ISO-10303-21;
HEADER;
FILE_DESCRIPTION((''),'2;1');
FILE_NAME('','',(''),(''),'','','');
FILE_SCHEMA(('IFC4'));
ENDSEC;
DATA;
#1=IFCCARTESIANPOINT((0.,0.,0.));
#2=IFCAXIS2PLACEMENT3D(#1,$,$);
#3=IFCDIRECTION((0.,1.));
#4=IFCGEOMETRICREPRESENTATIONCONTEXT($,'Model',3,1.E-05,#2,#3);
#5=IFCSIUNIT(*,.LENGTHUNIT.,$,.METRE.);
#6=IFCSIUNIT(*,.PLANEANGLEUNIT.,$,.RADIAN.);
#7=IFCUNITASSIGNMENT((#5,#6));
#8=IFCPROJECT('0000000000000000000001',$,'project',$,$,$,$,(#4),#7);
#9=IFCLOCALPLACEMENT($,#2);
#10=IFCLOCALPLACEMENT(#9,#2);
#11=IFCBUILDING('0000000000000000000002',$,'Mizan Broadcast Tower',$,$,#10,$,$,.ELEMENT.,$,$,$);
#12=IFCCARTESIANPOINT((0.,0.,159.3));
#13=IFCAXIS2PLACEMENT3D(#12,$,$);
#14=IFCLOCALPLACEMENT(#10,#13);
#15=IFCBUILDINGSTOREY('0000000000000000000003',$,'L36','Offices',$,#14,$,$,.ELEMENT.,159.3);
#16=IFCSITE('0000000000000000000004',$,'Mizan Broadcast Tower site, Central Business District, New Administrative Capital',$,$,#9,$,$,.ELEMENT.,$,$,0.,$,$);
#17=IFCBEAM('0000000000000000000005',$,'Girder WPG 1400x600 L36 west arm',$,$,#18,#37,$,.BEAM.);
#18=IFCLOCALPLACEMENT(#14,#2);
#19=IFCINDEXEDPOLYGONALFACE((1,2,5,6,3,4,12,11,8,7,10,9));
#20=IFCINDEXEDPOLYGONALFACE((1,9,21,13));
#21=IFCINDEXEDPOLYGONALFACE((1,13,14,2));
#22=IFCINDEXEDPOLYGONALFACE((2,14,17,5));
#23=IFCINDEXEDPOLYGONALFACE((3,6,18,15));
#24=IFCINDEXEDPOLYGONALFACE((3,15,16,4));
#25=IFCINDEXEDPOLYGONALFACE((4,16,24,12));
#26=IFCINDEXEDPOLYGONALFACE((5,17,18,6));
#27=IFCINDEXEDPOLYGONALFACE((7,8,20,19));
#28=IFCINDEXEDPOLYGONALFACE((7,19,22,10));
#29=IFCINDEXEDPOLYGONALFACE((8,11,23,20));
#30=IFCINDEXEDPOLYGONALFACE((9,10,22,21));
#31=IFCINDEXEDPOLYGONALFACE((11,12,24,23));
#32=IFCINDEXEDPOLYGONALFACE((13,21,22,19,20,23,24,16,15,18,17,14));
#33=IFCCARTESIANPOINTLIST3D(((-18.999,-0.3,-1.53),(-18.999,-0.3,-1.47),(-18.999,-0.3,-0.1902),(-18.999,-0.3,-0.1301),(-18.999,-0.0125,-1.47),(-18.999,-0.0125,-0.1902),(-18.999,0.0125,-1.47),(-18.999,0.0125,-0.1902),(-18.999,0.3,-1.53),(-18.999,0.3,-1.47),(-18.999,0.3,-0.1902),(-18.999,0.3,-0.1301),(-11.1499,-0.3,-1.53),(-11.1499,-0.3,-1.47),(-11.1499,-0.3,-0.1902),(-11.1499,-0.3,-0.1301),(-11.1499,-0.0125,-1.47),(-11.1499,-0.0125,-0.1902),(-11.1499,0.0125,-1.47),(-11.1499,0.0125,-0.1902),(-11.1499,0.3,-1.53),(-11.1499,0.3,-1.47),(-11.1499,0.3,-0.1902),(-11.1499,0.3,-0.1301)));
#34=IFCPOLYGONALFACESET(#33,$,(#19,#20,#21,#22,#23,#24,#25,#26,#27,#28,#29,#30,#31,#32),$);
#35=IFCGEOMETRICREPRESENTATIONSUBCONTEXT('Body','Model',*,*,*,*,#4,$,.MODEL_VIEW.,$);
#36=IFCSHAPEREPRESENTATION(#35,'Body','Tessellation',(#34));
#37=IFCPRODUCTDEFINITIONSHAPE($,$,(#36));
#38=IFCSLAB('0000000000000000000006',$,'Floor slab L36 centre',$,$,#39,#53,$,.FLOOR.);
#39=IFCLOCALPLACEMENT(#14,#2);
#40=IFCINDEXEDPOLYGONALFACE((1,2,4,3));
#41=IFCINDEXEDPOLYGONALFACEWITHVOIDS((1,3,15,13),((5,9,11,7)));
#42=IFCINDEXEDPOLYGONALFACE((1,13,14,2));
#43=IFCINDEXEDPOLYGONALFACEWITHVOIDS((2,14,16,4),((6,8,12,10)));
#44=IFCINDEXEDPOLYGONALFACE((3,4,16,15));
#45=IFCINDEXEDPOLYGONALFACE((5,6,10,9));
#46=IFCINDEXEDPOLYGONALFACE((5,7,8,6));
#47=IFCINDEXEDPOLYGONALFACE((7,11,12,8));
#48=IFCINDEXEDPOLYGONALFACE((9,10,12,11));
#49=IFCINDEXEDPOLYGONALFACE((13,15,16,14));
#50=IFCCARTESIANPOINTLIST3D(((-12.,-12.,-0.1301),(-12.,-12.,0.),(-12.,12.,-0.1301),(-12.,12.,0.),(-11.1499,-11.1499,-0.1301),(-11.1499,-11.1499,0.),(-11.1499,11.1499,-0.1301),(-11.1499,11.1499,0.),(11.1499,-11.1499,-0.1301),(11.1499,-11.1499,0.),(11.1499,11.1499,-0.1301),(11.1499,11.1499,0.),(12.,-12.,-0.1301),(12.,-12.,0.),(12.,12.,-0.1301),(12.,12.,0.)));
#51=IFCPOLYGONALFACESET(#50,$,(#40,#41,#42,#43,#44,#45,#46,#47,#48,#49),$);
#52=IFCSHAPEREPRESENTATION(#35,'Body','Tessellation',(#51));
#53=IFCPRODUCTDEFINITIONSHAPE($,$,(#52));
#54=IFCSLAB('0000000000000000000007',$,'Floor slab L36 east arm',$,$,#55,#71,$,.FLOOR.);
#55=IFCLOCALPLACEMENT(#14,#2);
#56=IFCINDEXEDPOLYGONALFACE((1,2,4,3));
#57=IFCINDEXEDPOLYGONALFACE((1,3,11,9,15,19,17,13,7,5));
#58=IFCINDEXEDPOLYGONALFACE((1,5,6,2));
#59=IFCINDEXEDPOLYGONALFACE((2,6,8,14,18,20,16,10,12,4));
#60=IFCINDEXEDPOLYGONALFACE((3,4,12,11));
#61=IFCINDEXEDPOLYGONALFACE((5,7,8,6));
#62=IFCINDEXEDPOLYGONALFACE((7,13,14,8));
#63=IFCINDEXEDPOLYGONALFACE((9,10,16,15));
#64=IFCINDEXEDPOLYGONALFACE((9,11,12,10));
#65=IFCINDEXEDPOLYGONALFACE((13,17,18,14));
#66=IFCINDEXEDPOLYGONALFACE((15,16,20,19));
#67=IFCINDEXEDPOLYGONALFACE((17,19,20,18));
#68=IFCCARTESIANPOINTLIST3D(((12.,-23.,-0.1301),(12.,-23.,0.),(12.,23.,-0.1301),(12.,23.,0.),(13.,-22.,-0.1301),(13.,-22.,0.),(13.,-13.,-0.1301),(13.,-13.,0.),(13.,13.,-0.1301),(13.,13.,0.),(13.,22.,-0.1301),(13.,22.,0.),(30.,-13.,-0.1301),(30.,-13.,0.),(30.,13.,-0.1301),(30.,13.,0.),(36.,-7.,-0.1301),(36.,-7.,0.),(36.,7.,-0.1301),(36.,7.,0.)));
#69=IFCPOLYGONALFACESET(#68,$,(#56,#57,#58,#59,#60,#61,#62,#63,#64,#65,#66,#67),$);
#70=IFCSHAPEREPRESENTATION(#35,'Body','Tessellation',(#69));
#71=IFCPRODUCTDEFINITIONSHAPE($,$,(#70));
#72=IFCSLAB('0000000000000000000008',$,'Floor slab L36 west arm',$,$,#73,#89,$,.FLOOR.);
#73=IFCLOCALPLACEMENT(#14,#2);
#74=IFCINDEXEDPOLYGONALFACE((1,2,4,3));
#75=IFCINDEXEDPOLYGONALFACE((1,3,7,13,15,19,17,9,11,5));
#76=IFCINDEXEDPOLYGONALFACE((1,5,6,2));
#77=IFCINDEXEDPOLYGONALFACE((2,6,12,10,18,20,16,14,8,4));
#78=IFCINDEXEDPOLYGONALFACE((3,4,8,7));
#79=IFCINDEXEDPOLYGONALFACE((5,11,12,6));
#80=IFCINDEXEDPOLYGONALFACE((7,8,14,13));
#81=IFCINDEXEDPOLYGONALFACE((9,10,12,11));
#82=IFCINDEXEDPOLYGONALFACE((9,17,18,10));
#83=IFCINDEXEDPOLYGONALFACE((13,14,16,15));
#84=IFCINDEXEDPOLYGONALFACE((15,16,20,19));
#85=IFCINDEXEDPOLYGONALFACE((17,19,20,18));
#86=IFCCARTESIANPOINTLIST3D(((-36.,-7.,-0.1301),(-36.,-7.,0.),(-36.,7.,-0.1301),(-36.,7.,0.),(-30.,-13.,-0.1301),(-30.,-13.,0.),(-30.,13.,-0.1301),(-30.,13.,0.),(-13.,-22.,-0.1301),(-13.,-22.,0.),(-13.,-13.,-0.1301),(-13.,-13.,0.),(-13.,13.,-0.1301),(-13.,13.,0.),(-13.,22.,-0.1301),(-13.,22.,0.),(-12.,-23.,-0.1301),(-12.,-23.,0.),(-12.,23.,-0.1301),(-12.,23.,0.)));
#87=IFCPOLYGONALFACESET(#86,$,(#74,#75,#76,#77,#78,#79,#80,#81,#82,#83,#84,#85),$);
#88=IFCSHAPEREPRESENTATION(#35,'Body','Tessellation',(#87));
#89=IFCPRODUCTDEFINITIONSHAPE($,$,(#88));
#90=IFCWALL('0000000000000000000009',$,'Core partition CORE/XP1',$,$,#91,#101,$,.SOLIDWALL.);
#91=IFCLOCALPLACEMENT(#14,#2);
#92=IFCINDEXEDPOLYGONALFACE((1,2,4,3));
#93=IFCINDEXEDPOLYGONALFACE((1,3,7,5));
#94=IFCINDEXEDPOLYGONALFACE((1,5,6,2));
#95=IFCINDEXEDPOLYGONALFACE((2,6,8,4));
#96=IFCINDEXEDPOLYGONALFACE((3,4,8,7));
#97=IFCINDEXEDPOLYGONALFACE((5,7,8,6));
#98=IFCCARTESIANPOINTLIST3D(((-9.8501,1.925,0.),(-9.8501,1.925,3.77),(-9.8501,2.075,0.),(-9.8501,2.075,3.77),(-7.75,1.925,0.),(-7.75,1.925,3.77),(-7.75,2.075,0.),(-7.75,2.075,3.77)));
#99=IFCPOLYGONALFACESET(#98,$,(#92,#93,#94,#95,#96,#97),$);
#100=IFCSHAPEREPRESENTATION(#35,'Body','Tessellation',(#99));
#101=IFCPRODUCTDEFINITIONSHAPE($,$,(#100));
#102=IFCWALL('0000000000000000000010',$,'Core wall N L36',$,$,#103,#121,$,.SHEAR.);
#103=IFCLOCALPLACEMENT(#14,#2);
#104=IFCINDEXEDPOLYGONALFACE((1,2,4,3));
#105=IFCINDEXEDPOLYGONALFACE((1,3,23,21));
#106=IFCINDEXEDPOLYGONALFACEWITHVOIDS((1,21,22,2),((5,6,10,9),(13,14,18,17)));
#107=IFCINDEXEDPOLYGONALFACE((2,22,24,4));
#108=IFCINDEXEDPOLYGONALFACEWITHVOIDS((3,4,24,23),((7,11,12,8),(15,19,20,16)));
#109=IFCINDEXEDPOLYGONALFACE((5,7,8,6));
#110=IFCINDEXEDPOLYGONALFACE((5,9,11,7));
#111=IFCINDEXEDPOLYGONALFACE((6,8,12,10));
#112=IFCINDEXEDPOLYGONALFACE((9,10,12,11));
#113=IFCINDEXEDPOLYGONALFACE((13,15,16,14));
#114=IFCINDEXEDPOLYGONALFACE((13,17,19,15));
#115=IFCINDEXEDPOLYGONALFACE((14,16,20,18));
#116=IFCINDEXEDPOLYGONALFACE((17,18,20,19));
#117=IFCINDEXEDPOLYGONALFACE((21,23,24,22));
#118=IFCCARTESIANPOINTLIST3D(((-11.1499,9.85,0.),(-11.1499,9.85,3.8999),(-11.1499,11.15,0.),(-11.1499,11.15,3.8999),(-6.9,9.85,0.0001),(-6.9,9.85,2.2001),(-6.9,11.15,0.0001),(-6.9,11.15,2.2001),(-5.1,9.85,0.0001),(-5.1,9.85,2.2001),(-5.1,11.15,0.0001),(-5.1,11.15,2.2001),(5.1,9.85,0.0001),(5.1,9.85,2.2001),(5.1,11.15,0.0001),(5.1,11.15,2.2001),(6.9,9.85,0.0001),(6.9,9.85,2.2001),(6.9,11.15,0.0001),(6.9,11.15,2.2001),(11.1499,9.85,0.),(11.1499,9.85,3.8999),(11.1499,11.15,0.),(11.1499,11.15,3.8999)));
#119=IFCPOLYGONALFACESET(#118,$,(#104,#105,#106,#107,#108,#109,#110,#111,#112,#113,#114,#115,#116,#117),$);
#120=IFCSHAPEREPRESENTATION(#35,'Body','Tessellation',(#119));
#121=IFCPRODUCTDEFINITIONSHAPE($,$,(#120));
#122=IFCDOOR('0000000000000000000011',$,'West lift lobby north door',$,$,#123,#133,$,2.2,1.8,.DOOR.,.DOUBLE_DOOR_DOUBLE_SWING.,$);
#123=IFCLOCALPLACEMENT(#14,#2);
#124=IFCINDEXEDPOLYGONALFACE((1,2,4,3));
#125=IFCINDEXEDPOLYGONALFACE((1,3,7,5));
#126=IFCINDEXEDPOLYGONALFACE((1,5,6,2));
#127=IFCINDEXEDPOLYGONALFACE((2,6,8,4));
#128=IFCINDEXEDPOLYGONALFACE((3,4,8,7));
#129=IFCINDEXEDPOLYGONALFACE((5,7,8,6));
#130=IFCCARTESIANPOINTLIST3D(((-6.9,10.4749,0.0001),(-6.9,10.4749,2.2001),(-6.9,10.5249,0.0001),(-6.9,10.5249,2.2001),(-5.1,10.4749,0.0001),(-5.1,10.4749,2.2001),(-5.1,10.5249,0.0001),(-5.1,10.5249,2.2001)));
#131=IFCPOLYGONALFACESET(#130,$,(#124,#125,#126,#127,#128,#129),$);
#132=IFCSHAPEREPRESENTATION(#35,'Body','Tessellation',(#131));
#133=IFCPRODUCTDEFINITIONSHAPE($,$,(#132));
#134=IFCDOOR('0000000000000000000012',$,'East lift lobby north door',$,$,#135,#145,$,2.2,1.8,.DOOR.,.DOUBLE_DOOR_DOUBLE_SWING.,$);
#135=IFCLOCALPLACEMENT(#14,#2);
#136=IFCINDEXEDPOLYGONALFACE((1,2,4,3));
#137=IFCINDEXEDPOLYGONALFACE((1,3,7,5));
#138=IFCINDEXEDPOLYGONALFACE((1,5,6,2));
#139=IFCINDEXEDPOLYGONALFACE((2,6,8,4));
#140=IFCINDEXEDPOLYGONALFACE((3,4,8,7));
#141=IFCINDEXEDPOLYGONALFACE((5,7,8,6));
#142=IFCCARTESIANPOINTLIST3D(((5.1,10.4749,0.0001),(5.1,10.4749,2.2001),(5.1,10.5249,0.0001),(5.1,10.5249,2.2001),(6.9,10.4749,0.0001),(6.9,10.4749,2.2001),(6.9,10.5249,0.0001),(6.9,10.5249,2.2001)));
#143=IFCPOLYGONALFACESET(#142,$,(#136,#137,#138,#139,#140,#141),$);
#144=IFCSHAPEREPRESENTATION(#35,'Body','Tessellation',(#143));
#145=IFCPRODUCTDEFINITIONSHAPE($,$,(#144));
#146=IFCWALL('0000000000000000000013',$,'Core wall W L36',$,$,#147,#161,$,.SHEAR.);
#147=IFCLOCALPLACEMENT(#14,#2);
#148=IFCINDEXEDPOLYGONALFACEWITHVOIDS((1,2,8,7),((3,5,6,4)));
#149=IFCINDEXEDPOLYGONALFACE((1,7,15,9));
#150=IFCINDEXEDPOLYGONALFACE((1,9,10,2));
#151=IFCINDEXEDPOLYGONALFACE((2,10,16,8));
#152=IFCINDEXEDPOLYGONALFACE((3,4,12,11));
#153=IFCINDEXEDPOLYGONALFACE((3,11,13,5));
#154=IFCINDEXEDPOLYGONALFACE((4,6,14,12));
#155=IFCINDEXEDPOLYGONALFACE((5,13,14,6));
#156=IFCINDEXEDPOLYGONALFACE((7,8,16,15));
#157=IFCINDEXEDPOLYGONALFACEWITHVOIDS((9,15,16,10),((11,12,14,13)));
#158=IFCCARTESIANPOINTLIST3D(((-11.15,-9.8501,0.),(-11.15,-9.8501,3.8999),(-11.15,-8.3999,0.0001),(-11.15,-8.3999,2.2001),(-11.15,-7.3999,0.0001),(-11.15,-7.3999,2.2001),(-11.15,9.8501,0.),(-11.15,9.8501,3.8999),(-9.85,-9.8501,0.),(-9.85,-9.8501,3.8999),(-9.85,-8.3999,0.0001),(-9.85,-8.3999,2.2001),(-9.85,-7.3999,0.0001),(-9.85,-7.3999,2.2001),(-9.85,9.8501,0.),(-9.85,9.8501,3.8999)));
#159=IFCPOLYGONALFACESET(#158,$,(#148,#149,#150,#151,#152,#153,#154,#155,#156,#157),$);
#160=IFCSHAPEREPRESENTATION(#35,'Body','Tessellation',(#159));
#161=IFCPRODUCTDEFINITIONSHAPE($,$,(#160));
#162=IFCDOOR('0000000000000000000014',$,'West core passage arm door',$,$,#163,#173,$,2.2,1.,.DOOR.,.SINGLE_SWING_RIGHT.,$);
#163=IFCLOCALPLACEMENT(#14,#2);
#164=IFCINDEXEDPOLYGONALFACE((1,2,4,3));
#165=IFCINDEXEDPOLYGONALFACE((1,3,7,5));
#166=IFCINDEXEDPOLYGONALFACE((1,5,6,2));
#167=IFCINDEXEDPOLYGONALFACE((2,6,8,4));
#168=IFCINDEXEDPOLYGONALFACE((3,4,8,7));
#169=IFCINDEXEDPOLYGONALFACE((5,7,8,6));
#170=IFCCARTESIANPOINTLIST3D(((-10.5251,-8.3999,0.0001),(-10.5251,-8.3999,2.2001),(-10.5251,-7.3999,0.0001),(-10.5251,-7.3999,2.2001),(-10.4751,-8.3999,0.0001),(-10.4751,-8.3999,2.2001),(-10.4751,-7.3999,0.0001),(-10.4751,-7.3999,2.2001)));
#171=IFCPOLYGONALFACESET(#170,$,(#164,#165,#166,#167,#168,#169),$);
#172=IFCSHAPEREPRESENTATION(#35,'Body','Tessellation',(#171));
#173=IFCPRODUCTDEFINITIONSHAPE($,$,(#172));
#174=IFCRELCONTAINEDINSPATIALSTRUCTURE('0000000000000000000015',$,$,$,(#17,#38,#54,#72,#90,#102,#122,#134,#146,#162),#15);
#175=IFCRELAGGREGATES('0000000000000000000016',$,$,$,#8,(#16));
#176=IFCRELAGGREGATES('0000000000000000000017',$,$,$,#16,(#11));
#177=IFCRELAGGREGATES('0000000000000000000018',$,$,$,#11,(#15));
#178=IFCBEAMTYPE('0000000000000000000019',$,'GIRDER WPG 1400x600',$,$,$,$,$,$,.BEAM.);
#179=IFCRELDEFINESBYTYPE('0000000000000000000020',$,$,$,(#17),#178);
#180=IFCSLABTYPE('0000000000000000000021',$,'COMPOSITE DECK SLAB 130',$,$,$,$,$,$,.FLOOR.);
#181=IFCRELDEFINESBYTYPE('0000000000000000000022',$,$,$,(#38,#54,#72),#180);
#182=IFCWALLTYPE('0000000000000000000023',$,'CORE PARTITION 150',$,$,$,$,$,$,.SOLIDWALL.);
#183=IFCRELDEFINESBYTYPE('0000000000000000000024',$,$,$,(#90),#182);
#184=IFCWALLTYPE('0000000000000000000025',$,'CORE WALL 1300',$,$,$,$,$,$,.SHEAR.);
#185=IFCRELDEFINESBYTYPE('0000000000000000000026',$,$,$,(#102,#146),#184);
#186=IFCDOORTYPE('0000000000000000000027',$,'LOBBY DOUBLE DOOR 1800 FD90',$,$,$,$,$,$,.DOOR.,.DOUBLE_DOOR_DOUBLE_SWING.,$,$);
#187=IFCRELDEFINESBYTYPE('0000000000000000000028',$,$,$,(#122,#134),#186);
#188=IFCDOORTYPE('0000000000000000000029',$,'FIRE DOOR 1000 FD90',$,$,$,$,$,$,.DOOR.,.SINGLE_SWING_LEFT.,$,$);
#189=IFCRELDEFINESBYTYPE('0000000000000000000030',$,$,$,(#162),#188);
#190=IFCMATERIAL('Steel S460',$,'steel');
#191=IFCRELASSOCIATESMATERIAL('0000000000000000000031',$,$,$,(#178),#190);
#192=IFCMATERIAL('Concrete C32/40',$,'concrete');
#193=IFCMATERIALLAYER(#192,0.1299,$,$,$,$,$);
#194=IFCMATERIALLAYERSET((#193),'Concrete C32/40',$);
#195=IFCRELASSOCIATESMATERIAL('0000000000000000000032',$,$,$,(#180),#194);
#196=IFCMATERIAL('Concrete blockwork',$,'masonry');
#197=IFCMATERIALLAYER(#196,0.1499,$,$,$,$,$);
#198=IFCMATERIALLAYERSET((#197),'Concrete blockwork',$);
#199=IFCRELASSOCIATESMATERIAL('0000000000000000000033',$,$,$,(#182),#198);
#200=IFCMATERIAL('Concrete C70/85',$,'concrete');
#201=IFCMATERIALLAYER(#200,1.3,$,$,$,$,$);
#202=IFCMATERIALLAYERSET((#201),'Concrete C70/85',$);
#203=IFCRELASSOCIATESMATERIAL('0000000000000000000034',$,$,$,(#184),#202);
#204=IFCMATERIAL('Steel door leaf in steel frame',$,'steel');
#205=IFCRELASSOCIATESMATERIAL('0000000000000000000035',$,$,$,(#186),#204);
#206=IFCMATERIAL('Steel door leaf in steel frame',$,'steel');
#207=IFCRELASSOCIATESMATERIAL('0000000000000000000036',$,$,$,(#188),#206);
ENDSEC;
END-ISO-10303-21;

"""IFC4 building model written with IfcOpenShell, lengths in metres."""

from ifc_helpers import new_model, si_unit, direction, frame, frame_2d, origin, origin_2d, place, context, subcontext, project, spatial, polyline, rectangle, i_section, outline, extrude, material, layer, layer_set, material_profile, profile_set, type_object, element, fill, save


model = new_model("IFC4")

# Units and contexts
model_context = context("Model", 3, precision=1e-05, world=origin(), true_north=direction((0.0, 1.0)))
body_context = subcontext(model_context, "Body", "Model", "MODEL_VIEW")
ifc_project = project(units=[si_unit("LENGTHUNIT", "METRE"), si_unit("PLANEANGLEUNIT", "RADIAN")], contexts=[model_context])

# Site, building, storey
site_placement = place(None, origin())
site = spatial("IfcSite", under=ifc_project, at=site_placement, Name="Mizan Broadcast Tower site, Central Business District, New Administrative Capital", CompositionType="ELEMENT", RefElevation=0.0)
building_placement = place(site_placement, origin())
building = spatial("IfcBuilding", under=site, at=building_placement, Name="Mizan Broadcast Tower", CompositionType="ELEMENT")
storey_placement = place(building_placement, frame((0.0, 0.0, 159.3)))
storey = spatial("IfcBuildingStorey", under=building, at=storey_placement, Name="L36", Description="Offices", CompositionType="ELEMENT", Elevation=159.3)

# Beam
ifc_material_1 = material(Name="Steel S460", Category="steel")
ifc_material_profile = material_profile(ifc_material_1, i_section(OverallWidth=0.6001, OverallDepth=1.3999, WebThickness=0.0249, FlangeThickness=0.0601, at=origin_2d()), Name="WPG 1400x600")
ifc_profile_set = profile_set([ifc_material_profile], Name="Steel S460")
beam_type = type_object("IfcBeamType", Name="GIRDER WPG 1400x600", PredefinedType="BEAM", material=ifc_profile_set)
beam_placement = place(storey_placement, frame((-11.1499, 0.0, -0.8301), z_axis=(-1.0, 0.0, 0.0), x_axis=(0.0, -1.0, 0.0)))
element("IfcBeam", 1, at=beam_placement, inside=storey, type_object=beam_type, Name="Girder WPG 1400x600 L36 west arm", PredefinedType="BEAM", context=body_context, shape_type="SweptSolid", body=[
    extrude(i_section(OverallWidth=0.6001, OverallDepth=1.3999, WebThickness=0.0249, FlangeThickness=0.0601, at=origin_2d()), origin(), (0.0, 0.0, 1.0), 7.8491),
])

# Slabs
ifc_material_2 = material(Name="Concrete C32/40", Category="concrete")
ifc_layer_1 = layer(ifc_material_2, 0.1299)
ifc_layer_set_1 = layer_set([ifc_layer_1], Name="Concrete C32/40")
slab_type = type_object("IfcSlabType", Name="COMPOSITE DECK SLAB 130", PredefinedType="FLOOR", material=ifc_layer_set_1)
slab_1_placement = place(storey_placement, frame((0.0, 0.0, -0.1301)))
element("IfcSlab", 2, at=slab_1_placement, inside=storey, type_object=slab_type, Name="Floor slab L36 centre", PredefinedType="FLOOR", context=body_context, shape_type="SweptSolid", body=[
    extrude(outline(polyline([(-12.0, -12.0), (12.0, -12.0), (12.0, 12.0), (-12.0, 12.0), (-12.0, -12.0)]), holes=[polyline([(-11.1499, 11.1499), (11.1499, 11.1499), (11.1499, -11.1499), (-11.1499, -11.1499), (-11.1499, 11.1499)])]), origin(), (0.0, 0.0, 1.0), 0.1301),
])
slab_2_placement = place(storey_placement, frame((0.0, 0.0, -0.1301)))
element("IfcSlab", 3, at=slab_2_placement, inside=storey, type_object=slab_type, Name="Floor slab L36 east arm", PredefinedType="FLOOR", context=body_context, shape_type="SweptSolid", body=[
    extrude(outline(polyline([(12.0, -23.0), (13.0, -22.0), (13.0, -13.0), (30.0, -13.0), (36.0, -7.0), (36.0, 7.0), (30.0, 13.0), (13.0, 13.0), (13.0, 22.0), (12.0, 23.0), (12.0, -23.0)])), origin(), (0.0, 0.0, 1.0), 0.1301),
])
slab_3_placement = place(storey_placement, frame((0.0, 0.0, -0.1301)))
element("IfcSlab", 4, at=slab_3_placement, inside=storey, type_object=slab_type, Name="Floor slab L36 west arm", PredefinedType="FLOOR", context=body_context, shape_type="SweptSolid", body=[
    extrude(outline(polyline([(-13.0, -22.0), (-12.0, -23.0), (-12.0, 23.0), (-13.0, 22.0), (-13.0, 13.0), (-30.0, 13.0), (-36.0, 7.0), (-36.0, -7.0), (-30.0, -13.0), (-13.0, -13.0), (-13.0, -22.0)])), origin(), (0.0, 0.0, 1.0), 0.1301),
])

# Wall
ifc_material_3 = material(Name="Concrete blockwork", Category="masonry")
ifc_layer_2 = layer(ifc_material_3, 0.1499)
ifc_layer_set_2 = layer_set([ifc_layer_2], Name="Concrete blockwork")
wall_type_1 = type_object("IfcWallType", Name="CORE PARTITION 150", PredefinedType="SOLIDWALL", material=ifc_layer_set_2)
wall_1_placement = place(storey_placement, frame((-9.8501, 2.0, 0.0), z_axis=(0.0, 0.0, 1.0), x_axis=(1.0, 0.0, 0.0)))
element("IfcWall", 5, at=wall_1_placement, inside=storey, type_object=wall_type_1, Name="Core partition CORE/XP1", PredefinedType="SOLIDWALL", context=body_context, shape_type="SweptSolid", body=[
    extrude(rectangle(XDim=2.1001, YDim=0.1499, at=frame_2d((1.05, 0.0))), origin(), (0.0, 0.0, 1.0), 3.77),
])

# Wall, openings, doors
ifc_material_4 = material(Name="Concrete C70/85", Category="concrete")
ifc_layer_3 = layer(ifc_material_4, 1.3)
ifc_layer_set_3 = layer_set([ifc_layer_3], Name="Concrete C70/85")
wall_type_2 = type_object("IfcWallType", Name="CORE WALL 1300", PredefinedType="SHEAR", material=ifc_layer_set_3)
wall_2_placement = place(storey_placement, frame((-11.1499, 10.5, 0.0), z_axis=(0.0, 0.0, 1.0), x_axis=(1.0, 0.0, 0.0)))
wall_2 = element("IfcWall", 6, at=wall_2_placement, inside=storey, type_object=wall_type_2, Name="Core wall N L36", PredefinedType="SHEAR", context=body_context, shape_type="SweptSolid", body=[
    extrude(rectangle(XDim=22.2998, YDim=1.3, at=frame_2d((11.1499, 0.0))), origin(), (0.0, 0.0, 1.0), 3.8999),
])
opening_1_placement = place(wall_2_placement, frame((4.25, 0.0, 0.0)))
opening_1 = element("IfcOpeningElement", 7, at=opening_1_placement, cuts=wall_2, PredefinedType="OPENING", context=body_context, shape_type="SweptSolid", body=[
    extrude(rectangle(XDim=1.8, YDim=2.2, at=frame_2d((0.8999, 1.1001))), frame((0.0, 0.6599, 0.0), z_axis=(0.0, -1.0, 0.0), x_axis=(1.0, 0.0, 0.0)), (0.0, 0.0, 1.0), 1.3201),
])
opening_2_placement = place(wall_2_placement, frame((16.25, 0.0, 0.0)))
opening_2 = element("IfcOpeningElement", 8, at=opening_2_placement, cuts=wall_2, PredefinedType="OPENING", context=body_context, shape_type="SweptSolid", body=[
    extrude(rectangle(XDim=1.8, YDim=2.2, at=frame_2d((0.8999, 1.1001))), frame((0.0, 0.6599, 0.0), z_axis=(0.0, -1.0, 0.0), x_axis=(1.0, 0.0, 0.0)), (0.0, 0.0, 1.0), 1.3201),
])
ifc_material_5 = material(Name="Steel door leaf in steel frame", Category="steel")
door_type_1 = type_object("IfcDoorType", Name="LOBBY DOUBLE DOOR 1800 FD90", OperationType="DOUBLE_DOOR_DOUBLE_SWING", PredefinedType="DOOR", material=ifc_material_5)
door_1_placement = place(opening_1_placement, origin())
door_1 = element("IfcDoor", 9, at=door_1_placement, inside=storey, type_object=door_type_1, Name="West lift lobby north door", OperationType="DOUBLE_DOOR_DOUBLE_SWING", OverallHeight=2.2, OverallWidth=1.8, PredefinedType="DOOR", context=body_context, shape_type="SweptSolid", body=[
    extrude(rectangle(XDim=1.8, YDim=2.2, at=frame_2d((0.8999, 1.1001))), frame((0.0, 0.0249, 0.0), z_axis=(0.0, -1.0, 0.0), x_axis=(1.0, 0.0, 0.0)), (0.0, 0.0, 1.0), 0.05),
])
fill(opening_1, door_1)
door_2_placement = place(opening_2_placement, origin())
door_2 = element("IfcDoor", 10, at=door_2_placement, inside=storey, type_object=door_type_1, Name="East lift lobby north door", OperationType="DOUBLE_DOOR_DOUBLE_SWING", OverallHeight=2.2, OverallWidth=1.8, PredefinedType="DOOR", context=body_context, shape_type="SweptSolid", body=[
    extrude(rectangle(XDim=1.8, YDim=2.2, at=frame_2d((0.8999, 1.1001))), frame((0.0, 0.0249, 0.0), z_axis=(0.0, -1.0, 0.0), x_axis=(1.0, 0.0, 0.0)), (0.0, 0.0, 1.0), 0.05),
])
fill(opening_2, door_2)

# Wall, opening, door
wall_3_placement = place(storey_placement, frame((-10.5, 9.8501, 0.0), z_axis=(0.0, 0.0, 1.0), x_axis=(0.0, -1.0, 0.0)))
wall_3 = element("IfcWall", 11, at=wall_3_placement, inside=storey, type_object=wall_type_2, Name="Core wall W L36", PredefinedType="SHEAR", context=body_context, shape_type="SweptSolid", body=[
    extrude(rectangle(XDim=19.7002, YDim=1.3, at=frame_2d((9.8501, 0.0))), origin(), (0.0, 0.0, 1.0), 3.8999),
])
opening_3_placement = place(wall_3_placement, frame((17.25, 0.0, 0.0)))
opening_3 = element("IfcOpeningElement", 12, at=opening_3_placement, cuts=wall_3, PredefinedType="OPENING", context=body_context, shape_type="SweptSolid", body=[
    extrude(rectangle(XDim=1.0, YDim=2.2, at=frame_2d((0.5, 1.1001))), frame((0.0, 0.6599, 0.0), z_axis=(0.0, -1.0, 0.0), x_axis=(1.0, 0.0, 0.0)), (0.0, 0.0, 1.0), 1.3201),
])
ifc_material_6 = material(Name="Steel door leaf in steel frame", Category="steel")
door_type_2 = type_object("IfcDoorType", Name="FIRE DOOR 1000 FD90", OperationType="SINGLE_SWING_LEFT", PredefinedType="DOOR", material=ifc_material_6)
door_3_placement = place(opening_3_placement, origin())
door_3 = element("IfcDoor", 13, at=door_3_placement, inside=storey, type_object=door_type_2, Name="West core passage arm door", OperationType="SINGLE_SWING_RIGHT", OverallHeight=2.2, OverallWidth=1.0, PredefinedType="DOOR", context=body_context, shape_type="SweptSolid", body=[
    extrude(rectangle(XDim=1.0, YDim=2.2, at=frame_2d((0.5, 1.1001))), frame((0.0, 0.0249, 0.0), z_axis=(0.0, -1.0, 0.0), x_axis=(1.0, 0.0, 0.0)), (0.0, 0.0, 1.0), 0.05),
])
fill(opening_3, door_3)

save(model, "model.ifc")
